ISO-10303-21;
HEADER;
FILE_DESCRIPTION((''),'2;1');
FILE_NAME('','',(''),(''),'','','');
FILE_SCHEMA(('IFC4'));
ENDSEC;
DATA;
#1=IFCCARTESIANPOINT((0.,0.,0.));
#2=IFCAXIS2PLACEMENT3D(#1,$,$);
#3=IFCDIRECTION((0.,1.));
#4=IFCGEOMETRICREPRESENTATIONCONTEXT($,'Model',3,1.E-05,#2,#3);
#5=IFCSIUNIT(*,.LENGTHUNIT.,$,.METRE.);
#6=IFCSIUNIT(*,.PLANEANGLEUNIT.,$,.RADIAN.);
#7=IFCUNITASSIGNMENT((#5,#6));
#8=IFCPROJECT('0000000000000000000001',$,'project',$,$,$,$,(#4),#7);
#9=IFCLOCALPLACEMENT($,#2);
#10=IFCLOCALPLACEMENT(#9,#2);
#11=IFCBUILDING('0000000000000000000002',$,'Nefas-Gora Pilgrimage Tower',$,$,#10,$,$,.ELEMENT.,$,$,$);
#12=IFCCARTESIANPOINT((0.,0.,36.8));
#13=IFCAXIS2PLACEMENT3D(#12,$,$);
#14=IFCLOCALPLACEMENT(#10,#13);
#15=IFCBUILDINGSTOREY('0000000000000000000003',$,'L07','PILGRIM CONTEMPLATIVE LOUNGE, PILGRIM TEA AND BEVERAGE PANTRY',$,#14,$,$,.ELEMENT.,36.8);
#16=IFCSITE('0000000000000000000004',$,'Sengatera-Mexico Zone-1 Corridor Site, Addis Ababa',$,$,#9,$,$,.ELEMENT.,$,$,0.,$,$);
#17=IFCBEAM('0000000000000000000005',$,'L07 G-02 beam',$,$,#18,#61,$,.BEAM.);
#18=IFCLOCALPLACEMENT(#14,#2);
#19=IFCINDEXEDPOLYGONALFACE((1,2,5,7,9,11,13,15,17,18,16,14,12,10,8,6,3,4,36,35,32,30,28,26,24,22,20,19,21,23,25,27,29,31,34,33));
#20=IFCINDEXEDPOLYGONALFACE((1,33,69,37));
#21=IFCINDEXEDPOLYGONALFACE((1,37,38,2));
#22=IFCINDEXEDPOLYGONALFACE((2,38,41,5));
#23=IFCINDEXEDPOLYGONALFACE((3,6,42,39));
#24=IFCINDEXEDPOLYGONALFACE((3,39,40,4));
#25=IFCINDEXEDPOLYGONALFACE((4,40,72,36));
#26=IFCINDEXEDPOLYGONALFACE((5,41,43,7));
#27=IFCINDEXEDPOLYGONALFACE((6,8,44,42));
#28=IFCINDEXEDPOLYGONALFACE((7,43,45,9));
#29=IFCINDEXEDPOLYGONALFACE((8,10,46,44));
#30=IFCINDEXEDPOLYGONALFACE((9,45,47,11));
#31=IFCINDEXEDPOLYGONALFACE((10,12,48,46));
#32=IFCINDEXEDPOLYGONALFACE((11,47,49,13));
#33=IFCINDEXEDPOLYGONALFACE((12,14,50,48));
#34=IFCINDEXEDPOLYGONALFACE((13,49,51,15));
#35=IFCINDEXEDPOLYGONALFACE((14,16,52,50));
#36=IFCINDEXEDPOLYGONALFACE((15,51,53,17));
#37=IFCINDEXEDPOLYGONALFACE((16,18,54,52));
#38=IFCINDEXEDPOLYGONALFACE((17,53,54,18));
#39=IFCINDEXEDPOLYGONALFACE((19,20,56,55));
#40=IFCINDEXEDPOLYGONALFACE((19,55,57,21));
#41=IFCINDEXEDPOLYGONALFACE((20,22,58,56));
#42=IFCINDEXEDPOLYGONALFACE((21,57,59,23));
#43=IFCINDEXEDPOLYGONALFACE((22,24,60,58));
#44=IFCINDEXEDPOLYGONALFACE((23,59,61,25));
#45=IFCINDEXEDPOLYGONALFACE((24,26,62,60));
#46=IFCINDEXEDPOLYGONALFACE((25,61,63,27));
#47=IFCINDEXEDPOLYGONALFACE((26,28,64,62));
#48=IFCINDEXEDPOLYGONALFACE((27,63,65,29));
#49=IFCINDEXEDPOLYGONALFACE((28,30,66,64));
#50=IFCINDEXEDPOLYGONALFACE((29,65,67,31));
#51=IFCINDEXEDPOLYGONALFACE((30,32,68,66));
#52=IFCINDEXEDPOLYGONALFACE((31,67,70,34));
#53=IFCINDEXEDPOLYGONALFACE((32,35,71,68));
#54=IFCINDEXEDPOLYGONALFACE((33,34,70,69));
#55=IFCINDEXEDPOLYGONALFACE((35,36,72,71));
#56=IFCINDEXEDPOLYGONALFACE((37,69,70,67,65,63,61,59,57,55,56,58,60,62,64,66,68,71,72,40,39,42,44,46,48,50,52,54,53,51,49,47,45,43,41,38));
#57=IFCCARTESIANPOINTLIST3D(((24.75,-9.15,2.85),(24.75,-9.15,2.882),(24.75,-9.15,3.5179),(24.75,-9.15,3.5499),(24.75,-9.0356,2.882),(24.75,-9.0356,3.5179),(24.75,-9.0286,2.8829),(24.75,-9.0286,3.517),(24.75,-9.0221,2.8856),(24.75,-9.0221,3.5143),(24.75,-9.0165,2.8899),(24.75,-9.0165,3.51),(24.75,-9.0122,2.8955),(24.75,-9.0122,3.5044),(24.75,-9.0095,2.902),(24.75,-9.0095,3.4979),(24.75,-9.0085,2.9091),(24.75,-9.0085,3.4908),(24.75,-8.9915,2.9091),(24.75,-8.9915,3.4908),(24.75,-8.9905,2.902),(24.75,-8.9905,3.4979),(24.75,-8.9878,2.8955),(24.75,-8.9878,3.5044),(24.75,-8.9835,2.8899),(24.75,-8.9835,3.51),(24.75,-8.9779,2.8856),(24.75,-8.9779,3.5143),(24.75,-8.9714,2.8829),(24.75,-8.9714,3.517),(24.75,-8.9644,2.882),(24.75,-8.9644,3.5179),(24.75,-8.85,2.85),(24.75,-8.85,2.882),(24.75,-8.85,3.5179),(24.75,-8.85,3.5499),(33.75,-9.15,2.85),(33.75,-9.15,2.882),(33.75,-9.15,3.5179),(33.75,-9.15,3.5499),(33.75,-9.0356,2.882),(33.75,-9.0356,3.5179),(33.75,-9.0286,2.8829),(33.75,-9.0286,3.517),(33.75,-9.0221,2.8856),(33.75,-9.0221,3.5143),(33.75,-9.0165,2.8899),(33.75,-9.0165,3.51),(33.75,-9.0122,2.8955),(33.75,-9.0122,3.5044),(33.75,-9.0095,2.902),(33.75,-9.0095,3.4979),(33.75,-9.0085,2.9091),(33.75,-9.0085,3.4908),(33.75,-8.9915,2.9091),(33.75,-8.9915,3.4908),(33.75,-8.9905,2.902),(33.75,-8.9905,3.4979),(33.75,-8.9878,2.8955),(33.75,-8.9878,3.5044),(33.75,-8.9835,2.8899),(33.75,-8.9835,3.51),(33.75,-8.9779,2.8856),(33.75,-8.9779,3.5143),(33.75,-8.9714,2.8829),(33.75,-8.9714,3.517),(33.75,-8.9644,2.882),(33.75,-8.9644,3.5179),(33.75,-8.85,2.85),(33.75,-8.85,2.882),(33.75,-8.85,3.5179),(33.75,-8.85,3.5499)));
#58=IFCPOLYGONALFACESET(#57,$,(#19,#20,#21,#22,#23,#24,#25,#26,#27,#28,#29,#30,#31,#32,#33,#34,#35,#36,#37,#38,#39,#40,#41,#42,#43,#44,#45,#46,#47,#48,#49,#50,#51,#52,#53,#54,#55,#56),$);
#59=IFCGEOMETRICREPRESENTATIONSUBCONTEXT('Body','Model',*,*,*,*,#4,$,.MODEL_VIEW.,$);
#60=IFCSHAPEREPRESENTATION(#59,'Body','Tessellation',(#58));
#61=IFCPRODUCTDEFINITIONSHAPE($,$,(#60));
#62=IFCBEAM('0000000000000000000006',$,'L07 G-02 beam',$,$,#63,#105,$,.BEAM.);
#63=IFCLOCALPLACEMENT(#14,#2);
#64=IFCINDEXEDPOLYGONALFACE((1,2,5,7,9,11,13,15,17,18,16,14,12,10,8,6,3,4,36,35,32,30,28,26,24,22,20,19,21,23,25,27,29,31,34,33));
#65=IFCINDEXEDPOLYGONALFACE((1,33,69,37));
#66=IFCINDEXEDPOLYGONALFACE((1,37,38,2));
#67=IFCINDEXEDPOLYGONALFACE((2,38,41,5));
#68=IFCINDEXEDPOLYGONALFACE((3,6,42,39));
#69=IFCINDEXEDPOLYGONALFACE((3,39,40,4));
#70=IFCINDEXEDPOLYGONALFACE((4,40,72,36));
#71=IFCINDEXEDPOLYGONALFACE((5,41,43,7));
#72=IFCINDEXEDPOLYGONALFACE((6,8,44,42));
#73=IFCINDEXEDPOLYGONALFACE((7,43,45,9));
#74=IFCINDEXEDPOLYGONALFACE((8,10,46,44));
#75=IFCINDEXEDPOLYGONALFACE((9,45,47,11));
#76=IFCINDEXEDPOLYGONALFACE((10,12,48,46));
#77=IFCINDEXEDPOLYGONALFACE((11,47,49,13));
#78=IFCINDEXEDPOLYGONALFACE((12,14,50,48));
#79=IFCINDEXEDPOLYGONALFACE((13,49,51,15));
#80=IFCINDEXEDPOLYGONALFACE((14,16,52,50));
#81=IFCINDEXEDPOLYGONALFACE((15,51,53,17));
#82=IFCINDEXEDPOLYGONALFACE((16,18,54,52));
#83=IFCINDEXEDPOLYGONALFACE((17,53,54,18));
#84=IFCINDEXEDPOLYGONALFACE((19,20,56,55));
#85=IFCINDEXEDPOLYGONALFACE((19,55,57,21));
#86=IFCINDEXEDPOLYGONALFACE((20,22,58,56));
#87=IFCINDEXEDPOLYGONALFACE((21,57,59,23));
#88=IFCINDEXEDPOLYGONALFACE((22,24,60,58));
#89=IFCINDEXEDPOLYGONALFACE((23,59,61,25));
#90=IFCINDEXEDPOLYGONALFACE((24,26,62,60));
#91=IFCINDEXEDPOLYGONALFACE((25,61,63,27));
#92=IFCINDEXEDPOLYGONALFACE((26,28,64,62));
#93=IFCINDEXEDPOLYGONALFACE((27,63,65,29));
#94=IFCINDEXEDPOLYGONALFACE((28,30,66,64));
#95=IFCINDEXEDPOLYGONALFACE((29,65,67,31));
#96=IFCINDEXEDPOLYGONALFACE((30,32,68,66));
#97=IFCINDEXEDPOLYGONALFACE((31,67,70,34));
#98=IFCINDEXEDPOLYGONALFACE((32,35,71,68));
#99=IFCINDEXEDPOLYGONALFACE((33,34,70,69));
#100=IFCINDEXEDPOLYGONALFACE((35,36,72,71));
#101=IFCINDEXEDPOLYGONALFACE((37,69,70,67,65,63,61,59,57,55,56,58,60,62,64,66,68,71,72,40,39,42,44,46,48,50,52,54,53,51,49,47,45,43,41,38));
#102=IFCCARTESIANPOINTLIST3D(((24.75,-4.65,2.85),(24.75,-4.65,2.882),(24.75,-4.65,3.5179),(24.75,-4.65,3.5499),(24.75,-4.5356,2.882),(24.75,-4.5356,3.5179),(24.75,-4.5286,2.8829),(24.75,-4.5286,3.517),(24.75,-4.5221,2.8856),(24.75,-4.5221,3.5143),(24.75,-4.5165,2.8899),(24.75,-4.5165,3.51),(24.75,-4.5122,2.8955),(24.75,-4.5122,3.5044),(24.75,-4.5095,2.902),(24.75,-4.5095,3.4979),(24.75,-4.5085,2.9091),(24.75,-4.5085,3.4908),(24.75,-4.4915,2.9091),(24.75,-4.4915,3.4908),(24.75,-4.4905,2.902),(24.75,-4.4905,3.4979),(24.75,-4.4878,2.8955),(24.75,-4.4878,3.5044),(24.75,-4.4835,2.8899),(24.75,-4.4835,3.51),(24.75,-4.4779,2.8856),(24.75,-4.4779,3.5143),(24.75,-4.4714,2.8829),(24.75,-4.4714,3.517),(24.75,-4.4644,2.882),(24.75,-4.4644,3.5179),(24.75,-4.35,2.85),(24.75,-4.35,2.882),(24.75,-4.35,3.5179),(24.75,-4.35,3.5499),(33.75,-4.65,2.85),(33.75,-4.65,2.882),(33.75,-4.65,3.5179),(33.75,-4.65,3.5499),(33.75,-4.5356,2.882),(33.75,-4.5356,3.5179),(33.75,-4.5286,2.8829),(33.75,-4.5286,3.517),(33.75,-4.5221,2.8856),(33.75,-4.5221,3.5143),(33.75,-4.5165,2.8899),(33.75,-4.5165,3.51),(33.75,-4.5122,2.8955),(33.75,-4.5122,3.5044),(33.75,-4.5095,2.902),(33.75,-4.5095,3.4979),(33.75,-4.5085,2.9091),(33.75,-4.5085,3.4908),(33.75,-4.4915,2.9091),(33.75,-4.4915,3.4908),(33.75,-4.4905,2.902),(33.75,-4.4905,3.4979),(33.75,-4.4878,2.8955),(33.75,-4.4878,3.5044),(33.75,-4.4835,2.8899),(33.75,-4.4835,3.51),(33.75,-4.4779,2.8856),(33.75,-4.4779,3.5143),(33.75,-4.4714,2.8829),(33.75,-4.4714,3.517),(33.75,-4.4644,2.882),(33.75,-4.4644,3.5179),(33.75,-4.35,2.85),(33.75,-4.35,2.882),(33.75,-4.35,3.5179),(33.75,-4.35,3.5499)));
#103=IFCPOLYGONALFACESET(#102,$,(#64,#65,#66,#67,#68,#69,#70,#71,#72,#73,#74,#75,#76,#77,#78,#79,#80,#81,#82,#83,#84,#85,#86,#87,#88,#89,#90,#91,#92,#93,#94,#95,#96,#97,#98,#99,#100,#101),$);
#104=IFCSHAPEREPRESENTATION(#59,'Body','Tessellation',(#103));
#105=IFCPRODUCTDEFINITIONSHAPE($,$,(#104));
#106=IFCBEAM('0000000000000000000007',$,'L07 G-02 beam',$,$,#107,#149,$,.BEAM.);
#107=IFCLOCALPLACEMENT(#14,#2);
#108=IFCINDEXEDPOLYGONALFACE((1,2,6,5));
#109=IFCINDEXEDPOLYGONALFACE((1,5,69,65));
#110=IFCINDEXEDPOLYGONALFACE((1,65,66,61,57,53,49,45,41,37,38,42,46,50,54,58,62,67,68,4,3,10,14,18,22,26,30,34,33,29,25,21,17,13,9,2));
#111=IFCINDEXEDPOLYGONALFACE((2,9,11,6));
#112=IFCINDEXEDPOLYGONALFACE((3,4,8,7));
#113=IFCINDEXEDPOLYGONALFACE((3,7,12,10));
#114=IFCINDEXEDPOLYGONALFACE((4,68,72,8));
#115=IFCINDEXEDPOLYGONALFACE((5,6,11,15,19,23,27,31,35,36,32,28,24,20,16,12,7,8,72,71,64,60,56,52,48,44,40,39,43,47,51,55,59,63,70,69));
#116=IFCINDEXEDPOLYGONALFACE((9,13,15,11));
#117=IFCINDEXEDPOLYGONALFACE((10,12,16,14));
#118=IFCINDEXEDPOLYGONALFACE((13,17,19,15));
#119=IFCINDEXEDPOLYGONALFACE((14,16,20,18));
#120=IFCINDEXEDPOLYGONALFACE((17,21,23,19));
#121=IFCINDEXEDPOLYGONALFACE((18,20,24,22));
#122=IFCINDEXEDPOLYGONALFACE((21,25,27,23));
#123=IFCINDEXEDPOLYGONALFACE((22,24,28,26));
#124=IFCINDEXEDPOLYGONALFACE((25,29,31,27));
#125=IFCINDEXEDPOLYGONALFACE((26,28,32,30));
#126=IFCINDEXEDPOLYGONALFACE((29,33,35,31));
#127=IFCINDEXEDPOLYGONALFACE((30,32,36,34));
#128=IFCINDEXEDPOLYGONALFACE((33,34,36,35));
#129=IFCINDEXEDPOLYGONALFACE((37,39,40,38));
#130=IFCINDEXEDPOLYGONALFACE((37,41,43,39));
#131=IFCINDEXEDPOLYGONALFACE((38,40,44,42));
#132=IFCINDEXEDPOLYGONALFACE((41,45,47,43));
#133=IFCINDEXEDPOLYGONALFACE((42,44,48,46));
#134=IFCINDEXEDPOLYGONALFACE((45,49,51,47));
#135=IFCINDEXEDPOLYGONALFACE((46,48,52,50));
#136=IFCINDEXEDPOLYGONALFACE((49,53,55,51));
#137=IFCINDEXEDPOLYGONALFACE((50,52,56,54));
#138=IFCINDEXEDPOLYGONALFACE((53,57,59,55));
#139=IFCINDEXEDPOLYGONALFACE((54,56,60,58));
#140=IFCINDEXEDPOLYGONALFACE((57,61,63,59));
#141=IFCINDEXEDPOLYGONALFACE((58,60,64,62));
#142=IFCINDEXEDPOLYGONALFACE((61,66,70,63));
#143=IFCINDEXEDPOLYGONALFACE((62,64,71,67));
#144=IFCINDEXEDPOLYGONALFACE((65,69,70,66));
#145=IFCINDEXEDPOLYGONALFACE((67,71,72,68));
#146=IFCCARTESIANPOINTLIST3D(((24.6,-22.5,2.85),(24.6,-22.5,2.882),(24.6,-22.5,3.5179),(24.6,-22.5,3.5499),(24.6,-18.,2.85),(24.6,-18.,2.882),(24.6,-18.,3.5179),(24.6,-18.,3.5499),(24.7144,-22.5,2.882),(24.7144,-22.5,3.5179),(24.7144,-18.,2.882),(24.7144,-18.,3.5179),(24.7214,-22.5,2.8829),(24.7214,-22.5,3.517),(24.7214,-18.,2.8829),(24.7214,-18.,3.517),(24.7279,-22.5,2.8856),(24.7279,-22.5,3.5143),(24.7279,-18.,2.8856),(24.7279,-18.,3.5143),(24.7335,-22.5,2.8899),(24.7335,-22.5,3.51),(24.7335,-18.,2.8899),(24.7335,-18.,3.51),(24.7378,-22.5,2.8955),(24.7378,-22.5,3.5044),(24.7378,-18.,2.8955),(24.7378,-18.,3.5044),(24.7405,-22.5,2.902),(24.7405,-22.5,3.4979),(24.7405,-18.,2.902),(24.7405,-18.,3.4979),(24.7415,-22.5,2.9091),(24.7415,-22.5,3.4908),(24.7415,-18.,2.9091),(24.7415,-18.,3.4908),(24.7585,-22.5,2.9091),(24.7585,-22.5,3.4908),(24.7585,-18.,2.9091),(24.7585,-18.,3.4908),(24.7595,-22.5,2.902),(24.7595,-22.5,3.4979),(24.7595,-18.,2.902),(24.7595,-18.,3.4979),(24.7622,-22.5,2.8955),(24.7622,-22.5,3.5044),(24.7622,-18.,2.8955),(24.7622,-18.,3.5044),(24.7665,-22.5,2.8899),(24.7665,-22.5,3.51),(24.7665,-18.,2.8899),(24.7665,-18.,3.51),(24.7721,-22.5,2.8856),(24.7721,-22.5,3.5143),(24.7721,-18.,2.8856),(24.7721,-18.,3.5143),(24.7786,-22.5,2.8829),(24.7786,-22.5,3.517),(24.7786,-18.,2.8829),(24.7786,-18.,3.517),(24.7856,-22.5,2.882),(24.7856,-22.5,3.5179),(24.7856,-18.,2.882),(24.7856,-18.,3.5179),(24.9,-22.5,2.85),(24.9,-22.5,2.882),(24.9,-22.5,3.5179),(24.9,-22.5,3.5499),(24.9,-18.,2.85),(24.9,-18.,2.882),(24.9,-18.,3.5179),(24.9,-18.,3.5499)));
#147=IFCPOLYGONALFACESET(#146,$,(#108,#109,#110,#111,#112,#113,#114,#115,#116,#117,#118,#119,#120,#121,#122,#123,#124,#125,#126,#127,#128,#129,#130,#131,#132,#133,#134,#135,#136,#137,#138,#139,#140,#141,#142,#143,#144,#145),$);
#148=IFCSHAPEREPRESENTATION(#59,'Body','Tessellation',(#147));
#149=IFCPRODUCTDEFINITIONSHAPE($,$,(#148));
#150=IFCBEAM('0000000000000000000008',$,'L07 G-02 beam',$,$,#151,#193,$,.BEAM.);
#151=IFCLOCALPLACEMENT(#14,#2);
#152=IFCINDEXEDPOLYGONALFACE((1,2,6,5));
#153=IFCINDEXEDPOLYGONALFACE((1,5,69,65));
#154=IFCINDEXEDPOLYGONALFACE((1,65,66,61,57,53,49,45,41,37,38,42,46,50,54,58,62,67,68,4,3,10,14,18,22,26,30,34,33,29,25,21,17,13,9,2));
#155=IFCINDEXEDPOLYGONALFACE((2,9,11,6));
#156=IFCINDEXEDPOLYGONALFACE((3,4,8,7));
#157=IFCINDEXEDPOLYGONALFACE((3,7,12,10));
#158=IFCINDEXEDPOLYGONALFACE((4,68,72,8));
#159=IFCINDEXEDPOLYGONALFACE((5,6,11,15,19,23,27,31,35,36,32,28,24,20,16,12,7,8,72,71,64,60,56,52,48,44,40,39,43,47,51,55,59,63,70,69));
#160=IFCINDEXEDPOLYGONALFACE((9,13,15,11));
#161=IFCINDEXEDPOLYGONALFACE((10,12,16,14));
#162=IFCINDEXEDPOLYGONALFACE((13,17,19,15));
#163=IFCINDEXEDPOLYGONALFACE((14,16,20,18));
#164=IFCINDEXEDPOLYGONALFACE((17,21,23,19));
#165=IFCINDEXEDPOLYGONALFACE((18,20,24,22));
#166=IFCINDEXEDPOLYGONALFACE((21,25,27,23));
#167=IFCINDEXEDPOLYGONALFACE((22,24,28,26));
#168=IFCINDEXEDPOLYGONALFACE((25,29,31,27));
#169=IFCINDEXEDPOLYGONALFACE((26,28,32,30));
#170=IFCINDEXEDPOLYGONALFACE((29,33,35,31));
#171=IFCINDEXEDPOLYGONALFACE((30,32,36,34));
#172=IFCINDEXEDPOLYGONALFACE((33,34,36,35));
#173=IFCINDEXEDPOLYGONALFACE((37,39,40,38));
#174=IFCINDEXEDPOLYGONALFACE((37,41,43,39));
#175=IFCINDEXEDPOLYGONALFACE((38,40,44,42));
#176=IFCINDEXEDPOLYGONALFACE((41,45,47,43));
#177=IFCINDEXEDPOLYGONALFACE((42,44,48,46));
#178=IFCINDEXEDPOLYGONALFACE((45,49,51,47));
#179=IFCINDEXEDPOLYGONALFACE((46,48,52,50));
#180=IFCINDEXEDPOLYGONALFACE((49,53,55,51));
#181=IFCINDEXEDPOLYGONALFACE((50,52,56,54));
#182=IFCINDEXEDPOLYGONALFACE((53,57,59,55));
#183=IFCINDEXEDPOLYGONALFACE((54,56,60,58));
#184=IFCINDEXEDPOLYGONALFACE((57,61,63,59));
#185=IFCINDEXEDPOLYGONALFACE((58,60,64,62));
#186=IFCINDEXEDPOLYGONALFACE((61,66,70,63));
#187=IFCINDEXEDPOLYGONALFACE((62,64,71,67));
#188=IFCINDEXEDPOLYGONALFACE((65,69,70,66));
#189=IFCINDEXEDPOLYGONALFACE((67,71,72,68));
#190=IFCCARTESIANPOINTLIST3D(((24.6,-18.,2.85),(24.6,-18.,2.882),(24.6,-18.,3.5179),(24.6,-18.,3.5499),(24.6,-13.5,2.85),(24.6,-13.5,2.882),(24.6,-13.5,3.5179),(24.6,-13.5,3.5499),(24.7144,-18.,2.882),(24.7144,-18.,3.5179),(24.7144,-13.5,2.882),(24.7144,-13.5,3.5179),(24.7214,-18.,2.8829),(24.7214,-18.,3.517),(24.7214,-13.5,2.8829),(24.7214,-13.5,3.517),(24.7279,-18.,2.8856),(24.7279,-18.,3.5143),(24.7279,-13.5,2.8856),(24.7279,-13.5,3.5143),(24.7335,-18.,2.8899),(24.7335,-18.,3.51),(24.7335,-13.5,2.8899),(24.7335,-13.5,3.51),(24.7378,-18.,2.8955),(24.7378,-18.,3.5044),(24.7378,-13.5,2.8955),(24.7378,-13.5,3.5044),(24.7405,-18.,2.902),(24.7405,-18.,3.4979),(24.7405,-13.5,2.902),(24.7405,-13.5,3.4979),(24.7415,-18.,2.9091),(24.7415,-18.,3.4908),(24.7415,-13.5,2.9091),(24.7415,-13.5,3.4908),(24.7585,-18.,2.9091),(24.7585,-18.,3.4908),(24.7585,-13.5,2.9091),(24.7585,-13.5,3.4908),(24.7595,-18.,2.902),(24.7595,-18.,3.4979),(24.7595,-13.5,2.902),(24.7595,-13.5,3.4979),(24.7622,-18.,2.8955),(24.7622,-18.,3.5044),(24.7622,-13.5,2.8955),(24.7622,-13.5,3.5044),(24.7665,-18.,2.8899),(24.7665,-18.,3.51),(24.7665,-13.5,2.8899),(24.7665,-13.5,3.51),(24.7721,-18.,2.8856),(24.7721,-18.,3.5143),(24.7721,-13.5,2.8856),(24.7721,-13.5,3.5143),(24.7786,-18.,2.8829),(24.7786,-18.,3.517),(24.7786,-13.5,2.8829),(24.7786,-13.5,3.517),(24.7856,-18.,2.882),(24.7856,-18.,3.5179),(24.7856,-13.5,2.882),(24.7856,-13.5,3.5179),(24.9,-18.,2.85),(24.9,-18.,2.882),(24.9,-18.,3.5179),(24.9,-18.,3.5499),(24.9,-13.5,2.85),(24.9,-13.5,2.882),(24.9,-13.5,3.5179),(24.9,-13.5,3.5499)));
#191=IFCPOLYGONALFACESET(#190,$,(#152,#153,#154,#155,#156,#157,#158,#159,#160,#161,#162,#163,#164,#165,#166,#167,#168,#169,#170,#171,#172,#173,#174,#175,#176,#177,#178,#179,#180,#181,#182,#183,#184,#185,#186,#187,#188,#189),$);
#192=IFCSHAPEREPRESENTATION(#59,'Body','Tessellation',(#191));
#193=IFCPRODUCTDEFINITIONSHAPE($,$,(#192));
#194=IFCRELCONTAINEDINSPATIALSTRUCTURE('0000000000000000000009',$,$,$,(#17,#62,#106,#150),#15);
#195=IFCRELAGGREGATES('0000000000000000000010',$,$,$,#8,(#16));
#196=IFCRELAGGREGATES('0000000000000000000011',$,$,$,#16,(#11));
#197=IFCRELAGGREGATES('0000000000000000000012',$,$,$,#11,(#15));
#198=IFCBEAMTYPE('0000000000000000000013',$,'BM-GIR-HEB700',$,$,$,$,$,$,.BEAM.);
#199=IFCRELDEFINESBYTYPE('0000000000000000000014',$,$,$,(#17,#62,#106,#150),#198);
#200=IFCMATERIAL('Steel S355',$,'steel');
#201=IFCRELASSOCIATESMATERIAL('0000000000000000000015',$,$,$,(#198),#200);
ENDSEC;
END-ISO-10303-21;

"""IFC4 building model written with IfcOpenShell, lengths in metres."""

from ifc_helpers import new_model, si_unit, direction, frame, origin, origin_2d, place, context, subcontext, project, spatial, i_section, extrude, source, transform, mapped, material, material_profile, profile_set, type_object, element, save


model = new_model("IFC4")

# Units and contexts
model_context = context("Model", 3, precision=1e-05, world=origin(), true_north=direction((0.0, 1.0)))
body_context = subcontext(model_context, "Body", "Model", "MODEL_VIEW")
ifc_project = project(units=[si_unit("LENGTHUNIT", "METRE"), si_unit("PLANEANGLEUNIT", "RADIAN")], contexts=[model_context])

# Site, building, storey
site_placement = place(None, origin())
site = spatial("IfcSite", under=ifc_project, at=site_placement, Name="Sengatera-Mexico Zone-1 Corridor Site, Addis Ababa", CompositionType="ELEMENT", RefElevation=0.0)
building_placement = place(site_placement, origin())
building = spatial("IfcBuilding", under=site, at=building_placement, Name="Nefas-Gora Pilgrimage Tower", CompositionType="ELEMENT")
storey_placement = place(building_placement, frame((0.0, 0.0, 36.8)))
storey = spatial("IfcBuildingStorey", under=building, at=storey_placement, Name="L07", Description="PILGRIM CONTEMPLATIVE LOUNGE, PILGRIM TEA AND BEVERAGE PANTRY", CompositionType="ELEMENT", Elevation=36.8)

# Beams
ifc_material_1 = material(Name="Steel S355", Category="steel")
ifc_material_profile_1 = material_profile(ifc_material_1, i_section(OverallWidth=0.3, OverallDepth=0.7, WebThickness=0.0171, FlangeThickness=0.032, FilletRadius=0.0271, at=origin_2d()), Name="HEB 700")
ifc_profile_set_1 = profile_set([ifc_material_profile_1], Name="Steel S355")
beam_type_1 = type_object("IfcBeamType", Name="BM-GIR-HEB700", PredefinedType="BEAM", material=ifc_profile_set_1)
shared_shape_1 = source(origin(), body_context, "Body", "SweptSolid", [
    extrude(i_section(OverallWidth=0.3, OverallDepth=0.7, WebThickness=0.0171, FlangeThickness=0.032, FilletRadius=0.0271, at=origin_2d()), origin(), (0.0, 0.0, 1.0), 9.0),
])
for number, where, z_axis, x_axis, name in (
    (1, (24.75, -9.0, 3.2), (1.0, 0.0, 0.0), (0.0, 1.0, 0.0), "L07 G-02 beam"),
    (2, (24.75, -4.5, 3.2), (1.0, 0.0, 0.0), (0.0, 1.0, 0.0), "L07 G-02 beam"),
):
    element("IfcBeam", number, at=place(storey_placement, frame(where, z_axis=z_axis, x_axis=x_axis)), inside=storey, type_object=beam_type_1, Name=name, PredefinedType="BEAM", context=body_context, shape_type="MappedRepresentation", body=[
        mapped(shared_shape_1, transform((0.0, 0.0, 0.0), x_axis=(1.0, 0.0, 0.0), y_axis=(0.0, 1.0, 0.0), z_axis=(0.0, 0.0, 1.0), scale=1.0)),
    ])
shared_shape_2 = source(origin(), body_context, "Body", "SweptSolid", [
    extrude(i_section(OverallWidth=0.3, OverallDepth=0.7, WebThickness=0.0171, FlangeThickness=0.032, FilletRadius=0.0271, at=origin_2d()), origin(), (0.0, 0.0, 1.0), 4.5),
])
for number, where, z_axis, x_axis, name in (
    (3, (24.75, -22.5, 3.2), (0.0, 1.0, 0.0), (-1.0, 0.0, 0.0), "L07 G-02 beam"),
    (4, (24.75, -18.0, 3.2), (0.0, 1.0, 0.0), (-1.0, 0.0, 0.0), "L07 G-02 beam"),
):
    element("IfcBeam", number, at=place(storey_placement, frame(where, z_axis=z_axis, x_axis=x_axis)), inside=storey, type_object=beam_type_1, Name=name, PredefinedType="BEAM", context=body_context, shape_type="MappedRepresentation", body=[
        mapped(shared_shape_2, transform((0.0, 0.0, 0.0), x_axis=(1.0, 0.0, 0.0), y_axis=(0.0, 1.0, 0.0), z_axis=(0.0, 0.0, 1.0), scale=1.0)),
    ])

save(model, "model.ifc")
